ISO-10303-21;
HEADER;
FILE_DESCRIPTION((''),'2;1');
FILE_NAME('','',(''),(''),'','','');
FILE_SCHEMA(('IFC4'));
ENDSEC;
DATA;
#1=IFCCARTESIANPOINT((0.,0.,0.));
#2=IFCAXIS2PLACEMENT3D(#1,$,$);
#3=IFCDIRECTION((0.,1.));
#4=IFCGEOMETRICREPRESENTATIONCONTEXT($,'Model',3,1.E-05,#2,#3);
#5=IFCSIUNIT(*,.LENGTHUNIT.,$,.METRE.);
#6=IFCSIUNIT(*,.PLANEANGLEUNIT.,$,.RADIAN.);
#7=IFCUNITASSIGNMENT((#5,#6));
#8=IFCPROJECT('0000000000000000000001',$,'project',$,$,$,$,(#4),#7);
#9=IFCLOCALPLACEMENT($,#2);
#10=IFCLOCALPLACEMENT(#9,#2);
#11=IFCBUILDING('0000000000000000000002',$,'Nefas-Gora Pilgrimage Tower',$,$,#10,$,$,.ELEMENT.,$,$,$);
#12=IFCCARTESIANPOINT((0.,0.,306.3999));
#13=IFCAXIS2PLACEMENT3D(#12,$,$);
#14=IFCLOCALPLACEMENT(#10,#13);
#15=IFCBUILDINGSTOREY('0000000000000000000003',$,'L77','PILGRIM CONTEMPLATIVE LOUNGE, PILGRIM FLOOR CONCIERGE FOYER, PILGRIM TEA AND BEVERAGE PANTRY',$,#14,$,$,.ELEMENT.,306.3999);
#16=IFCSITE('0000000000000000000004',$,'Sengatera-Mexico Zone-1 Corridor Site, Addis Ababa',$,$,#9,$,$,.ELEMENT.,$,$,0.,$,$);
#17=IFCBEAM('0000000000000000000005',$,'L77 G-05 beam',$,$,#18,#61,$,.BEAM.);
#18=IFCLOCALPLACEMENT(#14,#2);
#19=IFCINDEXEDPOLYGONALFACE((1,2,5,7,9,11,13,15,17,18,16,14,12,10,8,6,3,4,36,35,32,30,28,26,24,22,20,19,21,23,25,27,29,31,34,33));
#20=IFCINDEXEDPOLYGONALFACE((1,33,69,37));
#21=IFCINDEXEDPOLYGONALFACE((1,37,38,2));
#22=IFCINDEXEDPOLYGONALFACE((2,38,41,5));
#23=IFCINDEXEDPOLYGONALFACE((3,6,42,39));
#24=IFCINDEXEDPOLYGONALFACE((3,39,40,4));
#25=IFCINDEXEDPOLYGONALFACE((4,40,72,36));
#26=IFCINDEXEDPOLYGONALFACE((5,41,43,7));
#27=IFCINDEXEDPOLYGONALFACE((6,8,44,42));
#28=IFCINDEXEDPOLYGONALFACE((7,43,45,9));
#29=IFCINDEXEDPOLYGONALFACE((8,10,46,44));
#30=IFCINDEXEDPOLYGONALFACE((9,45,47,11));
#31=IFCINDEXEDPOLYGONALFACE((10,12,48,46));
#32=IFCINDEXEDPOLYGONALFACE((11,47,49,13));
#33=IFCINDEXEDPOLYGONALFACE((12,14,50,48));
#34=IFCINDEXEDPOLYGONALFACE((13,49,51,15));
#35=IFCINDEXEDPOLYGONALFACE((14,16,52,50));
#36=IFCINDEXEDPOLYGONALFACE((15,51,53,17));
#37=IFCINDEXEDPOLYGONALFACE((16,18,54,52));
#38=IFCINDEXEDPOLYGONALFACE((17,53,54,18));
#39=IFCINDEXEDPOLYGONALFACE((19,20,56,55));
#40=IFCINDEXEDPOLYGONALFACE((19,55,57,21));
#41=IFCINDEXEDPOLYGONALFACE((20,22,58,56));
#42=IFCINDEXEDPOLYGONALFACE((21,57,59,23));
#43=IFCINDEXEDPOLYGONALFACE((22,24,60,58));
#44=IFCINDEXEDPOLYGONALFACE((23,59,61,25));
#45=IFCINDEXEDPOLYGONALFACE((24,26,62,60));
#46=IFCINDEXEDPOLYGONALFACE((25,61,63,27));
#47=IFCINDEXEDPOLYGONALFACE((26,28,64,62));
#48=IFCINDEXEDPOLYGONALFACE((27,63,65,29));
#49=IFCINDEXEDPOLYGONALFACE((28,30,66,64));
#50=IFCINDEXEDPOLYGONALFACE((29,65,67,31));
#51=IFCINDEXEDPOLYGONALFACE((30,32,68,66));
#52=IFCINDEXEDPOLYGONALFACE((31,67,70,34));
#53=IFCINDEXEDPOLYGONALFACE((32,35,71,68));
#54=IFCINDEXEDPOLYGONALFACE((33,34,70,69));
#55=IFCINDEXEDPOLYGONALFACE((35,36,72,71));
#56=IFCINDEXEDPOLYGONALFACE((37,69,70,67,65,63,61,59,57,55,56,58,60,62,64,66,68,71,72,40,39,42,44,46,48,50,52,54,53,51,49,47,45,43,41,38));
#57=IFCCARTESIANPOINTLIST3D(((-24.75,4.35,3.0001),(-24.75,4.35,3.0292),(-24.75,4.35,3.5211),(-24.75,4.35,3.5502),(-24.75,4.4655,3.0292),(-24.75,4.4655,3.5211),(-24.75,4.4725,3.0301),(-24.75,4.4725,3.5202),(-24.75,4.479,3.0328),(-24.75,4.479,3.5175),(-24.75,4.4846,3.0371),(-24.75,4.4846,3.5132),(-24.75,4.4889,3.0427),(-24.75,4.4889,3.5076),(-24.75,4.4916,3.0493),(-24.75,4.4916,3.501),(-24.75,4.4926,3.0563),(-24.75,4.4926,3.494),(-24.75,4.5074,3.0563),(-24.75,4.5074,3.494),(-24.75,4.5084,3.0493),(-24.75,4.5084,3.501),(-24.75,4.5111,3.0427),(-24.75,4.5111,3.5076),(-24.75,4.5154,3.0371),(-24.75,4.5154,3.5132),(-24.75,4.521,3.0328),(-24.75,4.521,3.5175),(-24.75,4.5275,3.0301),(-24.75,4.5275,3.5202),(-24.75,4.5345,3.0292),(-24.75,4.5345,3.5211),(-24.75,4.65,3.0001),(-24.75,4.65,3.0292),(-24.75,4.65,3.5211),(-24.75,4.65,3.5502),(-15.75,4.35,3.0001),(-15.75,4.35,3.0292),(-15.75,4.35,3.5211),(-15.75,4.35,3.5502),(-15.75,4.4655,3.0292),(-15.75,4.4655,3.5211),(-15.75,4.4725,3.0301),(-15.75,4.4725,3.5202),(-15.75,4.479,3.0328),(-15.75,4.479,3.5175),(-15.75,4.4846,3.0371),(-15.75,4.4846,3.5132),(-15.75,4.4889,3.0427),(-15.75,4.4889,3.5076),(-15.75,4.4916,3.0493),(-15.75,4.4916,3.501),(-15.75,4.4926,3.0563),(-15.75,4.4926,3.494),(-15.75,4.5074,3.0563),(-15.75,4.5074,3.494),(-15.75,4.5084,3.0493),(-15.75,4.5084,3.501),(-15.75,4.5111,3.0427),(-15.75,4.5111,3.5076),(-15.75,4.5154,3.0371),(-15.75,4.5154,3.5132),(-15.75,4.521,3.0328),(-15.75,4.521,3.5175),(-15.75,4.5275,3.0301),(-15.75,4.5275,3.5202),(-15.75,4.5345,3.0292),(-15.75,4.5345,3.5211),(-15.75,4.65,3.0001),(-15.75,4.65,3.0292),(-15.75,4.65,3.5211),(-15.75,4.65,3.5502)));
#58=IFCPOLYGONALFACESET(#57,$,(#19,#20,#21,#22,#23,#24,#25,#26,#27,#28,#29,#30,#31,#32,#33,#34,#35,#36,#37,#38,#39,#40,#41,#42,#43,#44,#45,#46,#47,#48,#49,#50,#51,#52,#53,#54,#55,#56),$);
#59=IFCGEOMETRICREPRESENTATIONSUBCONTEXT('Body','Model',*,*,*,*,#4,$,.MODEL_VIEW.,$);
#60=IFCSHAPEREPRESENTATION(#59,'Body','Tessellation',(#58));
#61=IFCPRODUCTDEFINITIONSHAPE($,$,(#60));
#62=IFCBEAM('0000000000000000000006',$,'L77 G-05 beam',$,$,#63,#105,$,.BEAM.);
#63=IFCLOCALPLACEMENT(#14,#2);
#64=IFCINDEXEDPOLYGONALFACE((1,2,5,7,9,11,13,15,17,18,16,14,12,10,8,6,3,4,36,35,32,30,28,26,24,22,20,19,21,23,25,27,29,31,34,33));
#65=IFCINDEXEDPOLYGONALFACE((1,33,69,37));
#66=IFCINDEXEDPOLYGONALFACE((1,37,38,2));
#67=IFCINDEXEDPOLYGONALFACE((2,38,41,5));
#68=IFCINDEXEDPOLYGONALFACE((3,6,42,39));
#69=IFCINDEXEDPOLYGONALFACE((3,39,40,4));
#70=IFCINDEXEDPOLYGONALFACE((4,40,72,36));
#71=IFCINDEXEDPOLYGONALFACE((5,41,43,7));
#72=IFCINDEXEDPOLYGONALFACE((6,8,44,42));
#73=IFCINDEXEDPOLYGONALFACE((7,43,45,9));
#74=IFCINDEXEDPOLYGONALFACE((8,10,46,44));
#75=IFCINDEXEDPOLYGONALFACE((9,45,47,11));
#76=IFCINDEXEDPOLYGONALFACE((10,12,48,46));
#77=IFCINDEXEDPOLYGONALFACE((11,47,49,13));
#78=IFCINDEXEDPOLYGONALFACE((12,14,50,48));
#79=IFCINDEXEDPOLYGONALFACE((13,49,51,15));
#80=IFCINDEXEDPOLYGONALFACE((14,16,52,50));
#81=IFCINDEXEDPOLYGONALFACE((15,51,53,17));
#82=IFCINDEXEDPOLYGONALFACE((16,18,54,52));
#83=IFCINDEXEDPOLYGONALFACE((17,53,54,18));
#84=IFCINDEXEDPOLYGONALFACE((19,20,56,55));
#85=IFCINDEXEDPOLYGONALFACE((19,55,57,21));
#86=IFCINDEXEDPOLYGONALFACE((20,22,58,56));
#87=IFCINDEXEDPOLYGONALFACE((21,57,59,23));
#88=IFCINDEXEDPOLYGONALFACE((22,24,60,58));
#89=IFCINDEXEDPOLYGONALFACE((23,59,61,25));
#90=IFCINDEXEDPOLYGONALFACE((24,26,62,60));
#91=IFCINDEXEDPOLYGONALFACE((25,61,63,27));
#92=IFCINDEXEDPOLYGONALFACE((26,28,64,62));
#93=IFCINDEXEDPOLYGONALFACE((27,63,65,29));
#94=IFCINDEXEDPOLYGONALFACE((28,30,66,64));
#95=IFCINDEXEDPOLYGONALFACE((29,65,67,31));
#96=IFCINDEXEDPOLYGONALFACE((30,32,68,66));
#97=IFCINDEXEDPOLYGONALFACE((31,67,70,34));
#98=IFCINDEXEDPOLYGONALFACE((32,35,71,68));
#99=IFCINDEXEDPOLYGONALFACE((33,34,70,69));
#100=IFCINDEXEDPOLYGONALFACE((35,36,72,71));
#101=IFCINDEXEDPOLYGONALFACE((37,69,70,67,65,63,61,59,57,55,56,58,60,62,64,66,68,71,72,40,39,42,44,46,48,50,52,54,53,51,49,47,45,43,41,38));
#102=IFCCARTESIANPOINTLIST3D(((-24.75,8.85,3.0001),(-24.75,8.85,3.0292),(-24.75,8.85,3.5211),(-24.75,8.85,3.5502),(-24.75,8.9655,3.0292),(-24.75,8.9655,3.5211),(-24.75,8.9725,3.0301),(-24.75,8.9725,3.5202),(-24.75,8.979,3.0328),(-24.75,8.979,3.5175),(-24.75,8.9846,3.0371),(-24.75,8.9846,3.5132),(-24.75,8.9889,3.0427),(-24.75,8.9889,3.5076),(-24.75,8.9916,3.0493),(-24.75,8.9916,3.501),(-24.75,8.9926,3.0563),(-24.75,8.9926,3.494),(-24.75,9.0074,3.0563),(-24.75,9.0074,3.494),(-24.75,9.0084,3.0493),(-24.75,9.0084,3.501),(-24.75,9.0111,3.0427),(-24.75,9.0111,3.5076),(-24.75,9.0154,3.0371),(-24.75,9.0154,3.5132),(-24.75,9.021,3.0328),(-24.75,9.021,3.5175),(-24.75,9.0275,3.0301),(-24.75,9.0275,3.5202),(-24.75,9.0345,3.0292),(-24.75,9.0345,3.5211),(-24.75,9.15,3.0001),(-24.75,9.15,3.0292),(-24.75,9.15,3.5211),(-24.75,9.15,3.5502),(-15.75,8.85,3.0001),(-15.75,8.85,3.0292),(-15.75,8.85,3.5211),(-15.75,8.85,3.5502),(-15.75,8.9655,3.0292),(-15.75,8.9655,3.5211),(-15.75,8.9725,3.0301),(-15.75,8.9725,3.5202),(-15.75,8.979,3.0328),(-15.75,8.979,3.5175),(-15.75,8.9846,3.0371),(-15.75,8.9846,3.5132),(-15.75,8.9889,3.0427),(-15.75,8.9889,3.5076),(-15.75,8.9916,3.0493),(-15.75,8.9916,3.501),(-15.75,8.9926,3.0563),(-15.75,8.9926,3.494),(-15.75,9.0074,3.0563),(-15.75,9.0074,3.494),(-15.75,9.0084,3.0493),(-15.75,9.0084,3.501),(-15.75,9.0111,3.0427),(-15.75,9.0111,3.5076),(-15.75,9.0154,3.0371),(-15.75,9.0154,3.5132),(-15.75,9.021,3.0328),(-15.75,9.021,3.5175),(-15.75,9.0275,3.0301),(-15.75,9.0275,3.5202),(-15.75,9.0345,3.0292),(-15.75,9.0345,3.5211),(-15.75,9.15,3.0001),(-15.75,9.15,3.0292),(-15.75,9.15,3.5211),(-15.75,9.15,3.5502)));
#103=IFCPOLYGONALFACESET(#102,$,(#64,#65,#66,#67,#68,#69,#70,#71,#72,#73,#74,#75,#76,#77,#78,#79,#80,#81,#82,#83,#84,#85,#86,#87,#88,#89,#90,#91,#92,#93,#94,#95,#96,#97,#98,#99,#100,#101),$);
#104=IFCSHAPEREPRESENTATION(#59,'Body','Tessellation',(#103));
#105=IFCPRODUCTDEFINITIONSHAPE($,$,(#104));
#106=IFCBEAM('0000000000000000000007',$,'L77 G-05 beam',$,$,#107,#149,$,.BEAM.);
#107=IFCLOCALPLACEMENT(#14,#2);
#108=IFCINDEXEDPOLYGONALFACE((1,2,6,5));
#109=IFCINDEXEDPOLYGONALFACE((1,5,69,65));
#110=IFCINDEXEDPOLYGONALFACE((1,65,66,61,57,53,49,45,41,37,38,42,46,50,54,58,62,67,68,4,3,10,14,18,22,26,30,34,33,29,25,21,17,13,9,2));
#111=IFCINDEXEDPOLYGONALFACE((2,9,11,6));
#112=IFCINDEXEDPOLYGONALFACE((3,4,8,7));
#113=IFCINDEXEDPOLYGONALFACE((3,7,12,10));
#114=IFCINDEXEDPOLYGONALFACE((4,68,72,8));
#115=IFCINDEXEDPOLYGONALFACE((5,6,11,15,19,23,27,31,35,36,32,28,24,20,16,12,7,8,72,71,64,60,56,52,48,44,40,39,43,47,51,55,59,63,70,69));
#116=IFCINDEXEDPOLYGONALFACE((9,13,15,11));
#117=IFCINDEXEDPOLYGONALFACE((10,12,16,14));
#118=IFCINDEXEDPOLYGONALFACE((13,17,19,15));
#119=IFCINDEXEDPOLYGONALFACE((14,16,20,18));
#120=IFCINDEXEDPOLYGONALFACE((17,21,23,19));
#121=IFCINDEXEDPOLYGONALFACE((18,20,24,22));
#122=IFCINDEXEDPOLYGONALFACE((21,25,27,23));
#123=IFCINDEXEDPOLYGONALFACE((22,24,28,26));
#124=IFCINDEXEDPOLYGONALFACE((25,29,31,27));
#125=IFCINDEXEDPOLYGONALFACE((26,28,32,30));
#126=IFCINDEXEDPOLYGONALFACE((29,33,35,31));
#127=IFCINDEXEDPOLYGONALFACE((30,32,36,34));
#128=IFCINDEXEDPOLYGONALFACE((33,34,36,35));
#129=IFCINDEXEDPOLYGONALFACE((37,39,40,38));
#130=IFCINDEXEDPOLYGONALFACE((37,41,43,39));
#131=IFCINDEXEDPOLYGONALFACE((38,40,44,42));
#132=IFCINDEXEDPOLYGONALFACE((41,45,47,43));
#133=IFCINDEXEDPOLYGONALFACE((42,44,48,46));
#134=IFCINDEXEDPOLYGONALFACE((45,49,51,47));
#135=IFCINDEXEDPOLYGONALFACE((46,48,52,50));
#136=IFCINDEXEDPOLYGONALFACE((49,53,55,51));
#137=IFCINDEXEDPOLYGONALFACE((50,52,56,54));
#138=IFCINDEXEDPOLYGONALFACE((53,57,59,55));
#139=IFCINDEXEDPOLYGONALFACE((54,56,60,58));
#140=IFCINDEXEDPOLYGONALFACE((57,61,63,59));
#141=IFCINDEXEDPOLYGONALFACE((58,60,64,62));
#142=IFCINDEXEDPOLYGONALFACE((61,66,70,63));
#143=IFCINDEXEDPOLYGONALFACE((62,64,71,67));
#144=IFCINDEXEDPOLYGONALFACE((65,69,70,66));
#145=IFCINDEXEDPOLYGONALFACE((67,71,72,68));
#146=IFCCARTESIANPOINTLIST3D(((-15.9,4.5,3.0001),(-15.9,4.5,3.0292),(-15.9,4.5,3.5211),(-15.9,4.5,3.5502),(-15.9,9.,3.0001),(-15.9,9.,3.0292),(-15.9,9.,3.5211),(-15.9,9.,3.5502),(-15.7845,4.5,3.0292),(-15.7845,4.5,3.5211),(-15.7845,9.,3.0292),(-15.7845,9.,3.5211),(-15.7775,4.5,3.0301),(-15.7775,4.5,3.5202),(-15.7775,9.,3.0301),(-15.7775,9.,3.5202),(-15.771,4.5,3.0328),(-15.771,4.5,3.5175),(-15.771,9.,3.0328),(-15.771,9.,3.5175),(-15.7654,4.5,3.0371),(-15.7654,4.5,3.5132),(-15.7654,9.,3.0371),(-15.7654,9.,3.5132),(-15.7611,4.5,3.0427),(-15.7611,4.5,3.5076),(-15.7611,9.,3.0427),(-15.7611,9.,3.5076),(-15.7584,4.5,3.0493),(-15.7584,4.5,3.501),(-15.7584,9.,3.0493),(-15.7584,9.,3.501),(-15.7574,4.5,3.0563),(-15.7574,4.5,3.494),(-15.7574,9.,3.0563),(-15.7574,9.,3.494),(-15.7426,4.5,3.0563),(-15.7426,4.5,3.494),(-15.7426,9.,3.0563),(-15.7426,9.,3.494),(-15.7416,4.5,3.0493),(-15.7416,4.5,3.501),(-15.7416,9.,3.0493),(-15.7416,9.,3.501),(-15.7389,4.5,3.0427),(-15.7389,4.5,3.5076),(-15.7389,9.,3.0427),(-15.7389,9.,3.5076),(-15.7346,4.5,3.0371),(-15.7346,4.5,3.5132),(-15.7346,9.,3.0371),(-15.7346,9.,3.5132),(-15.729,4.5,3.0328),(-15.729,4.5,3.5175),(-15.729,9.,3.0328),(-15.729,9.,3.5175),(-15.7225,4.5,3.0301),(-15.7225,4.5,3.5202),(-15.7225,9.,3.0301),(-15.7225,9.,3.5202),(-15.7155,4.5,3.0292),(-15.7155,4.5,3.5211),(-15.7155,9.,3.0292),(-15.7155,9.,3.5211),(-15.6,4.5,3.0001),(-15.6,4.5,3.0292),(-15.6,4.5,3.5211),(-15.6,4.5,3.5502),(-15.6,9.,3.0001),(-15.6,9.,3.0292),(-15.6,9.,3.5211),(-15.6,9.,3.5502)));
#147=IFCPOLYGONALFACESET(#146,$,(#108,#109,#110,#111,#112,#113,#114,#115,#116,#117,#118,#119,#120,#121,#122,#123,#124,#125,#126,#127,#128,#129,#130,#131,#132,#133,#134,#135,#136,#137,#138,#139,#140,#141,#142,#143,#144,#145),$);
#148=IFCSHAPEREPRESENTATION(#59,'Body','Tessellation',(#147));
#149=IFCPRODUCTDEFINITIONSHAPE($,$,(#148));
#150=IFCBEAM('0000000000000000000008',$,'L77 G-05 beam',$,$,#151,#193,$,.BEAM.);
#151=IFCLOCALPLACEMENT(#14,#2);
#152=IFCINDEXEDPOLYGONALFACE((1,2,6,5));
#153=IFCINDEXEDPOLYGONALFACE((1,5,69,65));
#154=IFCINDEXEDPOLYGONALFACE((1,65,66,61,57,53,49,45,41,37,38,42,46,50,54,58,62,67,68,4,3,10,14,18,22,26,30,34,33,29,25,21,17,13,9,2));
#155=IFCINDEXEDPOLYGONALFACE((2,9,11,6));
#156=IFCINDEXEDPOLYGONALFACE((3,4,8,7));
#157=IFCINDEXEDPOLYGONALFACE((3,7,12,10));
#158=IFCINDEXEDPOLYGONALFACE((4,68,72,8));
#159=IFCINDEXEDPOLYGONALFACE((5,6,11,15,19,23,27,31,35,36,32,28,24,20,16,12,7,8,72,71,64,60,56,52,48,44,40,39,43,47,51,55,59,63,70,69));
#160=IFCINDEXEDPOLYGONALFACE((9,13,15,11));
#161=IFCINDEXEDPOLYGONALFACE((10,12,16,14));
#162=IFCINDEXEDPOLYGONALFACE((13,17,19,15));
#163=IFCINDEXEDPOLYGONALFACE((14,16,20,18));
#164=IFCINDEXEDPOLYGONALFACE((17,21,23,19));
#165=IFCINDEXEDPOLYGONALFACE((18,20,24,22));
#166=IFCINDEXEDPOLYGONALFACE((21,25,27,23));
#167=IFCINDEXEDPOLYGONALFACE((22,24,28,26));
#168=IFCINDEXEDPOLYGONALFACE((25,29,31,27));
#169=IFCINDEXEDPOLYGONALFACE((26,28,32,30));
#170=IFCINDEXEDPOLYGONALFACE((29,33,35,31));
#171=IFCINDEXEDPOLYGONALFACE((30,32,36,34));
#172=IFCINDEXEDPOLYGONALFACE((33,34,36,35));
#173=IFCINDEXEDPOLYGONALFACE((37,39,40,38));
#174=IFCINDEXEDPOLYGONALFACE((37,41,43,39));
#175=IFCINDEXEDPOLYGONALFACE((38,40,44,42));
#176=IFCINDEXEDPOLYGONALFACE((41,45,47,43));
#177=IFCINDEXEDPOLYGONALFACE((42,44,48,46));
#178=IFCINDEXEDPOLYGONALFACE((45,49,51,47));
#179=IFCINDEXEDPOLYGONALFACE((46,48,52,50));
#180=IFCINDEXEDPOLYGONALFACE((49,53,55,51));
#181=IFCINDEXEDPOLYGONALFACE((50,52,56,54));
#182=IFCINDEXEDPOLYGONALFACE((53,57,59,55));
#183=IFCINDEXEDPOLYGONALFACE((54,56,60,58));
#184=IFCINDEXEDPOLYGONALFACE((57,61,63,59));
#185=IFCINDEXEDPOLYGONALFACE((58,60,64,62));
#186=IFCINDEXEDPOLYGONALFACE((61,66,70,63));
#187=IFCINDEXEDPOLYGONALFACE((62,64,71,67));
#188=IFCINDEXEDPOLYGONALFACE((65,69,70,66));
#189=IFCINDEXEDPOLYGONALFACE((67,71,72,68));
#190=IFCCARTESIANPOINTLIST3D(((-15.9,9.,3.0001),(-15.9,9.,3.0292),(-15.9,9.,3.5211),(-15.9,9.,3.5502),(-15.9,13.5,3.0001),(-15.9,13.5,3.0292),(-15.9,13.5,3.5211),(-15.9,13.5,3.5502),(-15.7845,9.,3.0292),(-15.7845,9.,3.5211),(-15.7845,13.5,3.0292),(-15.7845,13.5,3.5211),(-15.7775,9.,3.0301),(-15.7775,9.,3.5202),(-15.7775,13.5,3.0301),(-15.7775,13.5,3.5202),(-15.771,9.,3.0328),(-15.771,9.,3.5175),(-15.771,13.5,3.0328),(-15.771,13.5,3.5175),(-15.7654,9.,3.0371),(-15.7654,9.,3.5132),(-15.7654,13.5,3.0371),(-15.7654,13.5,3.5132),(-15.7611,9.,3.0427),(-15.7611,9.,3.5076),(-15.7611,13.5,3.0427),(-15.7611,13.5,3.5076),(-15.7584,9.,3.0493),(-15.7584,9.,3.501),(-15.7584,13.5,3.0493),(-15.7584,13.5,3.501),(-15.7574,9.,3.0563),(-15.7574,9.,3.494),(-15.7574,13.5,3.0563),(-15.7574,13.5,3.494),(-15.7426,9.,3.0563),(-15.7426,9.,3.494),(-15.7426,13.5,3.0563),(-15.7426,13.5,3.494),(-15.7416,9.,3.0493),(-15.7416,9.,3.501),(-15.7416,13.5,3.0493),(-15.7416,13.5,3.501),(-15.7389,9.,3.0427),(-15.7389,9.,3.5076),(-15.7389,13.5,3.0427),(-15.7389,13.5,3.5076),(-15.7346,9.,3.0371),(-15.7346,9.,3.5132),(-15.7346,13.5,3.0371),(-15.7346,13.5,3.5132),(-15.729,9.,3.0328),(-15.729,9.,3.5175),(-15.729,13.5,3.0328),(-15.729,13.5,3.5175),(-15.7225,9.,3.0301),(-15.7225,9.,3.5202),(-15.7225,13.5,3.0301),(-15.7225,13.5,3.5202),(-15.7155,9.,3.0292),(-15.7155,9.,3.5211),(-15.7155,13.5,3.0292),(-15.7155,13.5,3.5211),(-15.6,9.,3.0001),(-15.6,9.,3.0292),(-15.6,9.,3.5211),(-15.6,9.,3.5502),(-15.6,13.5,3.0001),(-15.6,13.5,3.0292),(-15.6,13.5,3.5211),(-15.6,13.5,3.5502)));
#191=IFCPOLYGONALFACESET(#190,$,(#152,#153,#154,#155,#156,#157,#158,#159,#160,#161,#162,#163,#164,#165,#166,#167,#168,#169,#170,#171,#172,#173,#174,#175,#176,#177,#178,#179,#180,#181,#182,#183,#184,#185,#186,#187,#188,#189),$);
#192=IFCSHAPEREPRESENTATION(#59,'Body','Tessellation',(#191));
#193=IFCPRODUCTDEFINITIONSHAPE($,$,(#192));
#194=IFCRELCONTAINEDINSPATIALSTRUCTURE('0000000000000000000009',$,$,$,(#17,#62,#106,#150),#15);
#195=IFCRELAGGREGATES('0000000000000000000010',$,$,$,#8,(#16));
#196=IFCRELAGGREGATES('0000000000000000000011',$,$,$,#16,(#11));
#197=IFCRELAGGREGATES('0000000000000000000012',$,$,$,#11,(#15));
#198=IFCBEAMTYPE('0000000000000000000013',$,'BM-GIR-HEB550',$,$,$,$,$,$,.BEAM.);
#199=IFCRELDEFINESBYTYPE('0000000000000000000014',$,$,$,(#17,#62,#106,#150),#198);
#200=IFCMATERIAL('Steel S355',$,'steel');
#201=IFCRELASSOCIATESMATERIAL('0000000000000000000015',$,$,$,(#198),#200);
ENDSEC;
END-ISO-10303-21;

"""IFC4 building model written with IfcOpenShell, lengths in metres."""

from ifc_helpers import new_model, si_unit, direction, frame, origin, origin_2d, place, context, subcontext, project, spatial, i_section, extrude, source, transform, mapped, material, material_profile, profile_set, type_object, element, save


model = new_model("IFC4")

# Units and contexts
model_context = context("Model", 3, precision=1e-05, world=origin(), true_north=direction((0.0, 1.0)))
body_context = subcontext(model_context, "Body", "Model", "MODEL_VIEW")
ifc_project = project(units=[si_unit("LENGTHUNIT", "METRE"), si_unit("PLANEANGLEUNIT", "RADIAN")], contexts=[model_context])

# Site, building, storey
site_placement = place(None, origin())
site = spatial("IfcSite", under=ifc_project, at=site_placement, Name="Sengatera-Mexico Zone-1 Corridor Site, Addis Ababa", CompositionType="ELEMENT", RefElevation=0.0)
building_placement = place(site_placement, origin())
building = spatial("IfcBuilding", under=site, at=building_placement, Name="Nefas-Gora Pilgrimage Tower", CompositionType="ELEMENT")
storey_placement = place(building_placement, frame((0.0, 0.0, 306.3999)))
storey = spatial("IfcBuildingStorey", under=building, at=storey_placement, Name="L77", Description="PILGRIM CONTEMPLATIVE LOUNGE, PILGRIM FLOOR CONCIERGE FOYER, PILGRIM TEA AND BEVERAGE PANTRY", CompositionType="ELEMENT", Elevation=306.3999)

# Shared definitions
ifc_material_1 = material(Name="Steel S355", Category="steel")

# Beams
ifc_material_profile_1 = material_profile(ifc_material_1, i_section(OverallWidth=0.3, OverallDepth=0.55, WebThickness=0.0149, FlangeThickness=0.0291, FilletRadius=0.0271, at=origin_2d()), Name="HEB 550")
ifc_profile_set_1 = profile_set([ifc_material_profile_1], Name="Steel S355")
beam_type_1 = type_object("IfcBeamType", Name="BM-GIR-HEB550", PredefinedType="BEAM", material=ifc_profile_set_1)
shared_shape_1 = source(origin(), body_context, "Body", "SweptSolid", [
    extrude(i_section(OverallWidth=0.3, OverallDepth=0.55, WebThickness=0.0149, FlangeThickness=0.0291, FilletRadius=0.0271, at=origin_2d()), origin(), (0.0, 0.0, 1.0), 9.0),
])
for number, where, z_axis, x_axis, name in (
    (1, (-24.75, 4.5, 3.2751), (1.0, 0.0, 0.0), (0.0, 1.0, 0.0), "L77 G-05 beam"),
    (2, (-24.75, 9.0, 3.2751), (1.0, 0.0, 0.0), (0.0, 1.0, 0.0), "L77 G-05 beam"),
):
    element("IfcBeam", number, at=place(storey_placement, frame(where, z_axis=z_axis, x_axis=x_axis)), inside=storey, type_object=beam_type_1, Name=name, PredefinedType="BEAM", context=body_context, shape_type="MappedRepresentation", body=[
        mapped(shared_shape_1, transform((0.0, 0.0, 0.0), x_axis=(1.0, 0.0, 0.0), y_axis=(0.0, 1.0, 0.0), z_axis=(0.0, 0.0, 1.0), scale=1.0)),
    ])
shared_shape_2 = source(origin(), body_context, "Body", "SweptSolid", [
    extrude(i_section(OverallWidth=0.3, OverallDepth=0.55, WebThickness=0.0149, FlangeThickness=0.0291, FilletRadius=0.0271, at=origin_2d()), origin(), (0.0, 0.0, 1.0), 4.5),
])
for number, where, z_axis, x_axis, name in (
    (3, (-15.75, 4.5, 3.2751), (0.0, 1.0, 0.0), (-1.0, 0.0, 0.0), "L77 G-05 beam"),
    (4, (-15.75, 9.0, 3.2751), (0.0, 1.0, 0.0), (-1.0, 0.0, 0.0), "L77 G-05 beam"),
):
    element("IfcBeam", number, at=place(storey_placement, frame(where, z_axis=z_axis, x_axis=x_axis)), inside=storey, type_object=beam_type_1, Name=name, PredefinedType="BEAM", context=body_context, shape_type="MappedRepresentation", body=[
        mapped(shared_shape_2, transform((0.0, 0.0, 0.0), x_axis=(1.0, 0.0, 0.0), y_axis=(0.0, 1.0, 0.0), z_axis=(0.0, 0.0, 1.0), scale=1.0)),
    ])

save(model, "model.ifc")
